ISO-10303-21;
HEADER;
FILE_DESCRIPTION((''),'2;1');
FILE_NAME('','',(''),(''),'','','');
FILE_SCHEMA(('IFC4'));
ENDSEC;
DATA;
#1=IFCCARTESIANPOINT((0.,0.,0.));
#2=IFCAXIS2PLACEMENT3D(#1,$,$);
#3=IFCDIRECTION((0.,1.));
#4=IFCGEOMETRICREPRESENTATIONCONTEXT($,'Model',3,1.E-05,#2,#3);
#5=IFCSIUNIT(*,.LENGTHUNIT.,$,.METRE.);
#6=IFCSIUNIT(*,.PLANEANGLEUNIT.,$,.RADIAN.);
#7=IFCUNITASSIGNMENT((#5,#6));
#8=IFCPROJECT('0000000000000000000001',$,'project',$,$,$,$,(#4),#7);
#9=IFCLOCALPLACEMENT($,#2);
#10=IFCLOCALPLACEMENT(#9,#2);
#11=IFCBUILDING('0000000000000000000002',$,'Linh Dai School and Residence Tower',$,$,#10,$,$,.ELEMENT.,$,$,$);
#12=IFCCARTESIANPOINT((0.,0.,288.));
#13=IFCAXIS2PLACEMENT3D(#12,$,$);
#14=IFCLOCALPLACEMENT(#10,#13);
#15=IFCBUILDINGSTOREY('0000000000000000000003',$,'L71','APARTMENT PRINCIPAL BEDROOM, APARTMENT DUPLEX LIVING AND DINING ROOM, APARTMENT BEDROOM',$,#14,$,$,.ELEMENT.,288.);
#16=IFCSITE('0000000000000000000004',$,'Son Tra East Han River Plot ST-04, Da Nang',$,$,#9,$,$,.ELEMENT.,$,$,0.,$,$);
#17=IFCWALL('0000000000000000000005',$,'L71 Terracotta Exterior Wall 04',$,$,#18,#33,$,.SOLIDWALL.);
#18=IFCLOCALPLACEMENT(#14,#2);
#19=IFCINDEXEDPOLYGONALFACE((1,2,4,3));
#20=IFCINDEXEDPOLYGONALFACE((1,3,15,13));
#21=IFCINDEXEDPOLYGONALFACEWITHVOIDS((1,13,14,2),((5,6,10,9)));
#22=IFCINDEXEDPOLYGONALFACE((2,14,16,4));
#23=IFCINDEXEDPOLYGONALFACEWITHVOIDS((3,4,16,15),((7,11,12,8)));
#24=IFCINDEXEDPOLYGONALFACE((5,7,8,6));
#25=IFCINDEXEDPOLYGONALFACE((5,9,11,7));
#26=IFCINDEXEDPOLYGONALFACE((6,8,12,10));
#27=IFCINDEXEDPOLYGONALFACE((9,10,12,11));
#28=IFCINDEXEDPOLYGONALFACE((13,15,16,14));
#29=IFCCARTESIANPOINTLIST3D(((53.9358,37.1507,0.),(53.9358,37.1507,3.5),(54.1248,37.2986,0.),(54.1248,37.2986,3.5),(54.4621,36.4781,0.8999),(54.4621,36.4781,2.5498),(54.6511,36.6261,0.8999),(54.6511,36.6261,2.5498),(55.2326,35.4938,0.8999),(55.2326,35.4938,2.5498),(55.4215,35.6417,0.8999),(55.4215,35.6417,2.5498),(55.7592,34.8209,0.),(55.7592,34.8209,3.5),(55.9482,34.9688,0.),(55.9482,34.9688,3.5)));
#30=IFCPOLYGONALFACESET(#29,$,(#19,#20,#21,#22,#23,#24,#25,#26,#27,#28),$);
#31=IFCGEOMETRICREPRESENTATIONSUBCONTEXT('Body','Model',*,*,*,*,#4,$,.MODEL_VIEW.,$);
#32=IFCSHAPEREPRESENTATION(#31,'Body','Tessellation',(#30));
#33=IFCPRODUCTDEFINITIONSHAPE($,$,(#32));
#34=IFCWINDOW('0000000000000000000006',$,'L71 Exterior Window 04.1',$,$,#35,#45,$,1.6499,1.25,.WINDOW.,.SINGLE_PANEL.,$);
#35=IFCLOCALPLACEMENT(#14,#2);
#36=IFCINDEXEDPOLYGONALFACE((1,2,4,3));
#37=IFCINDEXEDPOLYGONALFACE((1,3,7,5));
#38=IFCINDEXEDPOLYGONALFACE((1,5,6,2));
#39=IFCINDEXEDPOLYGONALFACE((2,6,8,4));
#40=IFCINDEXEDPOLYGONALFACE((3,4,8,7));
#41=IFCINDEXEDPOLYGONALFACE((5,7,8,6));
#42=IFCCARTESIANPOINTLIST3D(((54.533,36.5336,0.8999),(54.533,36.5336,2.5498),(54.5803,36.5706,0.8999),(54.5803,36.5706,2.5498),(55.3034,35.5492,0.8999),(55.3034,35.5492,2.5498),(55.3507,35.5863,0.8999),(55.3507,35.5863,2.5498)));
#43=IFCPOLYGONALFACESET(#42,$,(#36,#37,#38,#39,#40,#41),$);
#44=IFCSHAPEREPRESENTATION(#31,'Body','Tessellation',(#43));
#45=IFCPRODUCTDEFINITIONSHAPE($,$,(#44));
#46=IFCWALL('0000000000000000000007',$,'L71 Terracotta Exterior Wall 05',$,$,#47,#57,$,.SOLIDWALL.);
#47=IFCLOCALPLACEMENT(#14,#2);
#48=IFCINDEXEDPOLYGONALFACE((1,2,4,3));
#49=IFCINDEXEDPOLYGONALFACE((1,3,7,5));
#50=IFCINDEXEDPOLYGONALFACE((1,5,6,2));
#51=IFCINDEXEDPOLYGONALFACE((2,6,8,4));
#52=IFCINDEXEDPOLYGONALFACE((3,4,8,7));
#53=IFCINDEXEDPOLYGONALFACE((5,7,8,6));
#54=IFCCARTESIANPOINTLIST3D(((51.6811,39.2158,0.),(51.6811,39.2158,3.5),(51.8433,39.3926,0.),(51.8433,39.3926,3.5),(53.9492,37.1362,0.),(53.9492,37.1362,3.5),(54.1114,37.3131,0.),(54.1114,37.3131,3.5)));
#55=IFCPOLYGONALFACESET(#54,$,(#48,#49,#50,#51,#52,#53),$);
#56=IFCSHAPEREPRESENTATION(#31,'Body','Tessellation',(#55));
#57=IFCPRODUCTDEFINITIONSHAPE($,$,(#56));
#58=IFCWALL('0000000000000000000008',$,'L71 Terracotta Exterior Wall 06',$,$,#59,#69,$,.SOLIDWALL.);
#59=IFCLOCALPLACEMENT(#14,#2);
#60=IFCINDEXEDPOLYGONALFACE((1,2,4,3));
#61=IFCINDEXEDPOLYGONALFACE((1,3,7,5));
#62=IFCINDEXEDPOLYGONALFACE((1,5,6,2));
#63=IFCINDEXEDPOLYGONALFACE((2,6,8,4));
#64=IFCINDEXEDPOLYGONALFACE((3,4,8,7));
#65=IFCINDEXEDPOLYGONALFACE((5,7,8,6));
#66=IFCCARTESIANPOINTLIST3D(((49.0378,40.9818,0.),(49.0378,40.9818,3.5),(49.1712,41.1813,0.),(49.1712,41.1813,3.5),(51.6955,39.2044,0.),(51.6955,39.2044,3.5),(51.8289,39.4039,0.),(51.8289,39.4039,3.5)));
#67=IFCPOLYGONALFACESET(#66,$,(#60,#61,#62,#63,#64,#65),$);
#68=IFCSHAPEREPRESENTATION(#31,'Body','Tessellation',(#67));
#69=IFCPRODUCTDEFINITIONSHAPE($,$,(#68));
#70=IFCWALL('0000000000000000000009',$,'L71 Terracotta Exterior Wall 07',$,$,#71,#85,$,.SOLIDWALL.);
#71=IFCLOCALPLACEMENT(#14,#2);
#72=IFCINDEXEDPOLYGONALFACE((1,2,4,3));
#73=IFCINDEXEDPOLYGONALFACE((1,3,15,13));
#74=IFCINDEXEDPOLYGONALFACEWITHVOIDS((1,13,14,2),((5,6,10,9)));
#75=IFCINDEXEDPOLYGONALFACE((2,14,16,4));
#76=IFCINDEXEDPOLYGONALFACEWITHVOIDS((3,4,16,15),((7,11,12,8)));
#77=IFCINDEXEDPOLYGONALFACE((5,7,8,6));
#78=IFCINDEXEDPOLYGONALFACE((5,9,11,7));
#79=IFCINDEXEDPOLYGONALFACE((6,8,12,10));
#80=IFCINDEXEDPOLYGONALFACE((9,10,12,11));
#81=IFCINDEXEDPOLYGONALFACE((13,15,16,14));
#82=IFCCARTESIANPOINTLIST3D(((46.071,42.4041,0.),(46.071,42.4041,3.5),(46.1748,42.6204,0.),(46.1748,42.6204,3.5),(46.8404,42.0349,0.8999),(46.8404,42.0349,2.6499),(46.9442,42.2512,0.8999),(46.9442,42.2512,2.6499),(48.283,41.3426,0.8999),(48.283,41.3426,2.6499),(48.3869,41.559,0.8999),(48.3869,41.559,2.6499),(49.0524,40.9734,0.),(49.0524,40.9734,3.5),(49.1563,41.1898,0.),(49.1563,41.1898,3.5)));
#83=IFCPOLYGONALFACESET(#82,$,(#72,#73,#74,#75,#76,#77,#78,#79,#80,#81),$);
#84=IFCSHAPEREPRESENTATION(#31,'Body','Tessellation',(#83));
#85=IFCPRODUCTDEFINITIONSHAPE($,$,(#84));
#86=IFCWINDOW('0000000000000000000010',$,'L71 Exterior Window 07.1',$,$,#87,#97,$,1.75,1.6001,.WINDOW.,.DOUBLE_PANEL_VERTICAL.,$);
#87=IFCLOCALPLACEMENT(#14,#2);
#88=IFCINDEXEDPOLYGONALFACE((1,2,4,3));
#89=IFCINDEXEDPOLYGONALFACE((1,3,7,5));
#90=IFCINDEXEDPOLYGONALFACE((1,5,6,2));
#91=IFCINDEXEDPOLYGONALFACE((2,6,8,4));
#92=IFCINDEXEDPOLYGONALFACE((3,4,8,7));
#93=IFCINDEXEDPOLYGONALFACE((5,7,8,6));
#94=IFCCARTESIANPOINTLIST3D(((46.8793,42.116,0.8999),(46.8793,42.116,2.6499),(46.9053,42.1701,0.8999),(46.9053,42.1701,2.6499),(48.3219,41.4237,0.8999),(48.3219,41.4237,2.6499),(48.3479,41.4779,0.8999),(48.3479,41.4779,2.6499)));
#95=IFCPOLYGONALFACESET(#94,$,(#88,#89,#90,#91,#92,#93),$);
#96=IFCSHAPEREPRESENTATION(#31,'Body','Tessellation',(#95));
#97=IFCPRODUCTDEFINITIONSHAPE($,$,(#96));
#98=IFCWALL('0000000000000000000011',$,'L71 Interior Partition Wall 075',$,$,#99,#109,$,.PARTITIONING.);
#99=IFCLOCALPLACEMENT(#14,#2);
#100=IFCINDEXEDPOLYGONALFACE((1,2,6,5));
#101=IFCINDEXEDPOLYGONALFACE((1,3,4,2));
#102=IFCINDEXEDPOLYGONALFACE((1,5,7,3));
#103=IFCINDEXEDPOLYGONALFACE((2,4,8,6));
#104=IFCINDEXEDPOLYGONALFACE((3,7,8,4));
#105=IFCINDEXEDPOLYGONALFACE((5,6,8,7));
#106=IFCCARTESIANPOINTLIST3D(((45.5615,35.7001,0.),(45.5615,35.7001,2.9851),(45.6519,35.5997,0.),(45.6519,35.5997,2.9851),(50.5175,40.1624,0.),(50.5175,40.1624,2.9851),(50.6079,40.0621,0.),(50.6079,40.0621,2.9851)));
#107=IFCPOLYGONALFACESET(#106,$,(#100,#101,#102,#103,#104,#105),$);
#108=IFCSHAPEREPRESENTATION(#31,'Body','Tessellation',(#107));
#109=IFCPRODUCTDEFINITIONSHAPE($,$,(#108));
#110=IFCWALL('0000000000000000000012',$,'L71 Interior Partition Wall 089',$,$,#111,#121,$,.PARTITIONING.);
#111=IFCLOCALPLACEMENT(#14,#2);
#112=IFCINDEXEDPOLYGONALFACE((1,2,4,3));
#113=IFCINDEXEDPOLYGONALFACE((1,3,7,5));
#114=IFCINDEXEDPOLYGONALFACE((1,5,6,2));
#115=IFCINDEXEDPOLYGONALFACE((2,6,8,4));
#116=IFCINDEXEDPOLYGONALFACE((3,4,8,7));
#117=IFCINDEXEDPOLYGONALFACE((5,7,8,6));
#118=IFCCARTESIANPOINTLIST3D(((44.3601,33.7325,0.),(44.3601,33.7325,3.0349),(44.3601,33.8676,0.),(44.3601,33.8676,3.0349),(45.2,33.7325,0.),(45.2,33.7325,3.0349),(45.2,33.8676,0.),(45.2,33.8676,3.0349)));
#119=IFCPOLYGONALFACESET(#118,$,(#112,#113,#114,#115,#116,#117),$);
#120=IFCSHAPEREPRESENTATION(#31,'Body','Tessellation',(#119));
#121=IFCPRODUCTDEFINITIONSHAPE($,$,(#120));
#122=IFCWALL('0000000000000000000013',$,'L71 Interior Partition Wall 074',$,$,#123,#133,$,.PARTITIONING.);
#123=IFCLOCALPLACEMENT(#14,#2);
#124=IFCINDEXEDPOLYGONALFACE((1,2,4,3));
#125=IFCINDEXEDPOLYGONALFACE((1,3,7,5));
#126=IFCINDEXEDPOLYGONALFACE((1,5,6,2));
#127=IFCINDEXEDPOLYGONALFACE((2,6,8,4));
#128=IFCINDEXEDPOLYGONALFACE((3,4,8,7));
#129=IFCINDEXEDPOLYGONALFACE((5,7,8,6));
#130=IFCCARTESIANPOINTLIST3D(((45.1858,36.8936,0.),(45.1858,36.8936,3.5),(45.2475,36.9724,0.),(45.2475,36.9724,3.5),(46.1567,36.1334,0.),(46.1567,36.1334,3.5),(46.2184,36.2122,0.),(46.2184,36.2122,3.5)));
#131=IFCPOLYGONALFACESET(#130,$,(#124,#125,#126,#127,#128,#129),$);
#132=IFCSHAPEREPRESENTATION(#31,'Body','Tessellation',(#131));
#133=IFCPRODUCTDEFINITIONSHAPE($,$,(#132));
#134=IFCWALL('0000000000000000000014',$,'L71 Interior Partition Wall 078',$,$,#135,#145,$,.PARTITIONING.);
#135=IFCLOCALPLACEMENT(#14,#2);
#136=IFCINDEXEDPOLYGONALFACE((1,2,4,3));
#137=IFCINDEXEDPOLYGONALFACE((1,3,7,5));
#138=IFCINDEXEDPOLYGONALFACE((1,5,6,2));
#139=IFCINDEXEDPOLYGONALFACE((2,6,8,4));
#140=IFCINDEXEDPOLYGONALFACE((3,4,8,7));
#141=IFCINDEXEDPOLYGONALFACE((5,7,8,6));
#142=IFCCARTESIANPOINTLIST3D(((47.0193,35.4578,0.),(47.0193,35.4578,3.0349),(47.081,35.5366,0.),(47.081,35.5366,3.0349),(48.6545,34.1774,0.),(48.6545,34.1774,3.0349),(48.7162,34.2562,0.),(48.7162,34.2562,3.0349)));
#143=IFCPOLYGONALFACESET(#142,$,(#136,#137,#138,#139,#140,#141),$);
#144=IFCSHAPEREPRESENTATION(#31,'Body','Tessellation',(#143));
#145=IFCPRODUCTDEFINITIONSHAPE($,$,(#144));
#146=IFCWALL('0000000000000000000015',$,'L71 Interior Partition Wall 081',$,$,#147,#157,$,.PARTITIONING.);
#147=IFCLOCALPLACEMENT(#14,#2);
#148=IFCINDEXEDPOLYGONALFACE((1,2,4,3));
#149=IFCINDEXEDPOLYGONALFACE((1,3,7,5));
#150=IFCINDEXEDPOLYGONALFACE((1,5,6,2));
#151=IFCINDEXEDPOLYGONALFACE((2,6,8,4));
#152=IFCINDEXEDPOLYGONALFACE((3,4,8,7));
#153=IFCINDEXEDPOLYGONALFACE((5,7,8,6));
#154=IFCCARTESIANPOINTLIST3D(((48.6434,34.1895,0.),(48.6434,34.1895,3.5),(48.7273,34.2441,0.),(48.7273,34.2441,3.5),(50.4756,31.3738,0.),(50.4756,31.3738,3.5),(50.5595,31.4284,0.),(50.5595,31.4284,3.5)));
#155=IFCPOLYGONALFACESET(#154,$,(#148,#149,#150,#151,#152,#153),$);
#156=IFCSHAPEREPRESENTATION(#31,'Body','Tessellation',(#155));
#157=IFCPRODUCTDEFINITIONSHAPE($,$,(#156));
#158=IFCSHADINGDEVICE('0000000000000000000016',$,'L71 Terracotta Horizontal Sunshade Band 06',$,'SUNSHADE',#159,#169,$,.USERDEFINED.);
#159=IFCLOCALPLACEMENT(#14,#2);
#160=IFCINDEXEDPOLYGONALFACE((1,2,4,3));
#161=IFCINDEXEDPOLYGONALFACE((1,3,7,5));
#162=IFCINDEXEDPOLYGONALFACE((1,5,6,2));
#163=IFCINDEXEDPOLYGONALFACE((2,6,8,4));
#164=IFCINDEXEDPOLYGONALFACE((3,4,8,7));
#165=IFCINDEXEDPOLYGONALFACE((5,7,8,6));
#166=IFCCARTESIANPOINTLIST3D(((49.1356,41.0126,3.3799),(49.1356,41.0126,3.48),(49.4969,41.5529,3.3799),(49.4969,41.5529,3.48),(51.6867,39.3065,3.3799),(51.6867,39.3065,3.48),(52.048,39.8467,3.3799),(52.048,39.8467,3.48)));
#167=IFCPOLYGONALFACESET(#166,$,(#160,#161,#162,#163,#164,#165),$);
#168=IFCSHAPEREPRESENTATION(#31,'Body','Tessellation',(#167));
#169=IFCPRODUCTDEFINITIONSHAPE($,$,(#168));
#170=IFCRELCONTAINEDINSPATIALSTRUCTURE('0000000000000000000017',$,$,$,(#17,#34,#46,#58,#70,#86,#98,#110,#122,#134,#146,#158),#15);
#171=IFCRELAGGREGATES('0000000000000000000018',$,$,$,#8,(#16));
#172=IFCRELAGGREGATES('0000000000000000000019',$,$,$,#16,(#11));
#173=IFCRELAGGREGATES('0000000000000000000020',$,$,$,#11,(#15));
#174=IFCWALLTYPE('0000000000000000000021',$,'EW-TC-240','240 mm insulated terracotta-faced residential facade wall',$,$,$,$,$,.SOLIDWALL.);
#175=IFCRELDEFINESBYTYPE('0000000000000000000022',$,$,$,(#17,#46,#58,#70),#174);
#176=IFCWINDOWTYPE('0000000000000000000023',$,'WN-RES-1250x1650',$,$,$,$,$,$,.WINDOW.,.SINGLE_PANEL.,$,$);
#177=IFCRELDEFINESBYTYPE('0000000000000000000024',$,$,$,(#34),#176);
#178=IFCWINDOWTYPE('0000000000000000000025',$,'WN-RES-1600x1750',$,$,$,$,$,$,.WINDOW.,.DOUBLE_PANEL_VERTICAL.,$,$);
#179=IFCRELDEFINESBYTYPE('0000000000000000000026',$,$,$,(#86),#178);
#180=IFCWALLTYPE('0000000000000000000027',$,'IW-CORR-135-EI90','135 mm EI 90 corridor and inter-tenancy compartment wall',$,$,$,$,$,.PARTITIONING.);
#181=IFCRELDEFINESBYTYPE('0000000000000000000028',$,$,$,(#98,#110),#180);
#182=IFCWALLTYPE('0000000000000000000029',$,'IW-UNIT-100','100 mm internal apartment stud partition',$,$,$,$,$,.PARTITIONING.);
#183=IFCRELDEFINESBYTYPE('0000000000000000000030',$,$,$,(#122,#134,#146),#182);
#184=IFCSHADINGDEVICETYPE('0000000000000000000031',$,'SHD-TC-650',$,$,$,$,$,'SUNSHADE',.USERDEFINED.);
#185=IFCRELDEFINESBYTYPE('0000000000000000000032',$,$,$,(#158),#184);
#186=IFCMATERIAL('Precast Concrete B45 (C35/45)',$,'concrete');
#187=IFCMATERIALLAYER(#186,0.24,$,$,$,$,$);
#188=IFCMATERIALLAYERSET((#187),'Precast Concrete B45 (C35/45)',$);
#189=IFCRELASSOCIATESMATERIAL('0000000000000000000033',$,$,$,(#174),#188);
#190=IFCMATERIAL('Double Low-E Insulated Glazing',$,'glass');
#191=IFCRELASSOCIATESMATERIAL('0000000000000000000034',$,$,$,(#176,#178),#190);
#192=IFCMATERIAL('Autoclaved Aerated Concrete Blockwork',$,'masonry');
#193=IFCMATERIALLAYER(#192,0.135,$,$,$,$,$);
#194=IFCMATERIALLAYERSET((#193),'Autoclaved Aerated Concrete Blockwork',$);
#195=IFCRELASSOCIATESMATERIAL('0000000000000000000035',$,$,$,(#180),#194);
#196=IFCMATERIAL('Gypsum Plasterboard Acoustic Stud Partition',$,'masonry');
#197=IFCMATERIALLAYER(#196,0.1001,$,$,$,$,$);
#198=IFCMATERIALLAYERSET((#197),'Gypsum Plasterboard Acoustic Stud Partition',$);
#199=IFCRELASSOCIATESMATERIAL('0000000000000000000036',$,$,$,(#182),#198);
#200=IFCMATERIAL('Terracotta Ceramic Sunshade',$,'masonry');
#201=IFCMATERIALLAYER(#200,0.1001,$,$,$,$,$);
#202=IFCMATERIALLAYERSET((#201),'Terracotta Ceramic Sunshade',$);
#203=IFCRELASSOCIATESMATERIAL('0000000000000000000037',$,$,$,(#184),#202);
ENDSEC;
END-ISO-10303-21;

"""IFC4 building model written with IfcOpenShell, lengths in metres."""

from ifc_helpers import new_model, si_unit, direction, frame, frame_2d, origin, origin_2d, place, context, subcontext, project, spatial, rectangle, extrude, source, transform, mapped, material, layer, layer_set, type_object, element, fill, save


model = new_model("IFC4")

# Units and contexts
model_context = context("Model", 3, precision=1e-05, world=origin(), true_north=direction((0.0, 1.0)))
body_context = subcontext(model_context, "Body", "Model", "MODEL_VIEW")
ifc_project = project(units=[si_unit("LENGTHUNIT", "METRE"), si_unit("PLANEANGLEUNIT", "RADIAN")], contexts=[model_context])

# Site, building, storey
site_placement = place(None, origin())
site = spatial("IfcSite", under=ifc_project, at=site_placement, Name="Son Tra East Han River Plot ST-04, Da Nang", CompositionType="ELEMENT", RefElevation=0.0)
building_placement = place(site_placement, origin())
building = spatial("IfcBuilding", under=site, at=building_placement, Name="Linh Dai School and Residence Tower", CompositionType="ELEMENT")
storey_placement = place(building_placement, frame((0.0, 0.0, 288.0)))
storey = spatial("IfcBuildingStorey", under=building, at=storey_placement, Name="L71", Description="APARTMENT PRINCIPAL BEDROOM, APARTMENT DUPLEX LIVING AND DINING ROOM, APARTMENT BEDROOM", CompositionType="ELEMENT", Elevation=288.0)

# Shared definitions
ifc_material_1 = material(Name="Precast Concrete B45 (C35/45)", Category="concrete")

# Shared definitions
ifc_layer_1 = layer(ifc_material_1, 0.24)
ifc_layer_set_1 = layer_set([ifc_layer_1], Name="Precast Concrete B45 (C35/45)")
wall_type_1 = type_object("IfcWallType", Name="EW-TC-240", Description="240 mm insulated terracotta-faced residential facade wall", PredefinedType="SOLIDWALL", material=ifc_layer_set_1)

# Wall, opening, window
wall_1_placement = place(storey_placement, frame((54.0303, 37.2246, 0.0), z_axis=(0.0, 0.0, 1.0), x_axis=(0.616337, -0.787482, 0.0)))
wall_1 = element("IfcWall", 1, at=wall_1_placement, inside=storey, type_object=wall_type_1, Name="L71 Terracotta Exterior Wall 04", PredefinedType="SOLIDWALL", context=body_context, shape_type="SweptSolid", body=[
    extrude(rectangle(XDim=2.9585, YDim=0.24, at=frame_2d((1.4792, 0.0))), origin(), (0.0, 0.0, 1.0), 3.5),
])
opening_1_placement = place(wall_1_placement, frame((0.854, 0.0, 0.8999)))
opening_1 = element("IfcOpeningElement", 2, at=opening_1_placement, cuts=wall_1, PredefinedType="OPENING", context=body_context, shape_type="SweptSolid", body=[
    extrude(rectangle(XDim=1.25, YDim=1.6499, at=origin_2d()), frame((0.625, 0.1299, 0.825), z_axis=(0.0, -1.0, 0.0), x_axis=(1.0, 0.0, 0.0)), (0.0, 0.0, 1.0), 0.26),
])
ifc_material_2 = material(Name="Double Low-E Insulated Glazing", Category="glass")
window_type_1 = type_object("IfcWindowType", Name="WN-RES-1250x1650", PartitioningType="SINGLE_PANEL", PredefinedType="WINDOW", material=ifc_material_2)
shared_shape_1 = source(origin(), body_context, "Body", "SweptSolid", [
    extrude(rectangle(XDim=1.25, YDim=1.6499, at=origin_2d()), frame((0.625, 0.03, 0.825), z_axis=(0.0, -1.0, 0.0), x_axis=(1.0, 0.0, 0.0)), (0.0, 0.0, 1.0), 0.0601),
])
window_1_placement = place(opening_1_placement, origin())
window_1 = element("IfcWindow", 3, at=window_1_placement, inside=storey, type_object=window_type_1, Name="L71 Exterior Window 04.1", OverallHeight=1.6499, OverallWidth=1.25, PartitioningType="SINGLE_PANEL", PredefinedType="WINDOW", context=body_context, shape_type="MappedRepresentation", body=[
    mapped(shared_shape_1, transform((0.0, 0.0, 0.0), x_axis=(1.0, 0.0, 0.0), y_axis=(0.0, 1.0, 0.0), z_axis=(0.0, 0.0, 1.0), scale=1.0)),
])
fill(opening_1, window_1)

# Walls
wall_2_placement = place(storey_placement, frame((51.7622, 39.3042, 0.0), z_axis=(0.0, 0.0, 1.0), x_axis=(0.737069, -0.675818, 0.0)))
element("IfcWall", 4, at=wall_2_placement, inside=storey, type_object=wall_type_1, Name="L71 Terracotta Exterior Wall 05", PredefinedType="SOLIDWALL", context=body_context, shape_type="SweptSolid", body=[
    extrude(rectangle(XDim=3.0771, YDim=0.24, at=frame_2d((1.5386, 0.0))), origin(), (0.0, 0.0, 1.0), 3.5),
])
wall_3_placement = place(storey_placement, frame((49.1045, 41.0815, 0.0), z_axis=(0.0, 0.0, 1.0), x_axis=(0.831251, -0.555898, 0.0)))
element("IfcWall", 5, at=wall_3_placement, inside=storey, type_object=wall_type_1, Name="L71 Terracotta Exterior Wall 06", PredefinedType="SOLIDWALL", context=body_context, shape_type="SweptSolid", body=[
    extrude(rectangle(XDim=3.1973, YDim=0.24, at=frame_2d((1.5986, 0.0))), origin(), (0.0, 0.0, 1.0), 3.5),
])

# Wall, opening, window
wall_4_placement = place(storey_placement, frame((46.123, 42.5122, 0.0), z_axis=(0.0, 0.0, 1.0), x_axis=(0.901574, -0.432625, 0.0)))
wall_4 = element("IfcWall", 6, at=wall_4_placement, inside=storey, type_object=wall_type_1, Name="L71 Terracotta Exterior Wall 07", PredefinedType="SOLIDWALL", context=body_context, shape_type="SweptSolid", body=[
    extrude(rectangle(XDim=3.3069, YDim=0.24, at=frame_2d((1.6533, 0.0))), origin(), (0.0, 0.0, 1.0), 3.5),
])
opening_2_placement = place(wall_4_placement, frame((0.8533, 0.0, 0.8999)))
opening_2 = element("IfcOpeningElement", 7, at=opening_2_placement, cuts=wall_4, PredefinedType="OPENING", context=body_context, shape_type="SweptSolid", body=[
    extrude(rectangle(XDim=1.6001, YDim=1.75, at=origin_2d()), frame((0.8, 0.1299, 0.875), z_axis=(0.0, -1.0, 0.0), x_axis=(1.0, 0.0, 0.0)), (0.0, 0.0, 1.0), 0.26),
])
window_type_2 = type_object("IfcWindowType", Name="WN-RES-1600x1750", PartitioningType="DOUBLE_PANEL_VERTICAL", PredefinedType="WINDOW", material=ifc_material_2)
shared_shape_2 = source(origin(), body_context, "Body", "SweptSolid", [
    extrude(rectangle(XDim=1.6001, YDim=1.75, at=origin_2d()), frame((0.8, 0.03, 0.875), z_axis=(0.0, -1.0, 0.0), x_axis=(1.0, 0.0, 0.0)), (0.0, 0.0, 1.0), 0.0601),
])
window_2_placement = place(opening_2_placement, origin())
window_2 = element("IfcWindow", 8, at=window_2_placement, inside=storey, type_object=window_type_2, Name="L71 Exterior Window 07.1", OverallHeight=1.75, OverallWidth=1.6001, PartitioningType="DOUBLE_PANEL_VERTICAL", PredefinedType="WINDOW", context=body_context, shape_type="MappedRepresentation", body=[
    mapped(shared_shape_2, transform((0.0, 0.0, 0.0), x_axis=(1.0, 0.0, 0.0), y_axis=(0.0, 1.0, 0.0), z_axis=(0.0, 0.0, 1.0), scale=1.0)),
])
fill(opening_2, window_2)

# Walls
ifc_material_3 = material(Name="Autoclaved Aerated Concrete Blockwork", Category="masonry")
ifc_layer_2 = layer(ifc_material_3, 0.135)
ifc_layer_set_2 = layer_set([ifc_layer_2], Name="Autoclaved Aerated Concrete Blockwork")
wall_type_2 = type_object("IfcWallType", Name="IW-CORR-135-EI90", Description="135 mm EI 90 corridor and inter-tenancy compartment wall", PredefinedType="PARTITIONING", material=ifc_layer_set_2)
wall_5_placement = place(storey_placement, frame((45.6067, 35.6499, 0.0), z_axis=(0.0, 0.0, 1.0), x_axis=(0.743149, 0.669127, 0.0)))
element("IfcWall", 9, at=wall_5_placement, inside=storey, type_object=wall_type_2, Name="L71 Interior Partition Wall 075", PredefinedType="PARTITIONING", context=body_context, shape_type="SweptSolid", body=[
    extrude(rectangle(XDim=6.6689, YDim=0.135, at=frame_2d((3.3345, 0.0))), origin(), (0.0, 0.0, 1.0), 2.9851),
])
wall_6_placement = place(storey_placement, frame((45.2, 33.8, 0.0), z_axis=(0.0, 0.0, 1.0), x_axis=(-1.0, 0.0, 0.0)))
element("IfcWall", 10, at=wall_6_placement, inside=storey, type_object=wall_type_2, Name="L71 Interior Partition Wall 089", PredefinedType="PARTITIONING", context=body_context, shape_type="SweptSolid", body=[
    extrude(rectangle(XDim=0.8398, YDim=0.135, at=frame_2d((0.4199, 0.0))), origin(), (0.0, 0.0, 1.0), 3.0349),
])
ifc_material_4 = material(Name="Gypsum Plasterboard Acoustic Stud Partition", Category="masonry")
ifc_layer_3 = layer(ifc_material_4, 0.1001)
ifc_layer_set_3 = layer_set([ifc_layer_3], Name="Gypsum Plasterboard Acoustic Stud Partition")
wall_type_3 = type_object("IfcWallType", Name="IW-UNIT-100", Description="100 mm internal apartment stud partition", PredefinedType="PARTITIONING", material=ifc_layer_set_3)
wall_7_placement = place(storey_placement, frame((45.2166, 36.9331, 0.0), z_axis=(0.0, 0.0, 1.0), x_axis=(0.787355, -0.6165, 0.0)))
element("IfcWall", 11, at=wall_7_placement, inside=storey, type_object=wall_type_3, Name="L71 Interior Partition Wall 074", PredefinedType="PARTITIONING", context=body_context, shape_type="SweptSolid", body=[
    extrude(rectangle(XDim=1.2332, YDim=0.1001, at=frame_2d((0.6167, 0.0))), origin(), (0.0, 0.0, 1.0), 3.5),
])
wall_8_placement = place(storey_placement, frame((47.05, 35.4973, 0.0), z_axis=(0.0, 0.0, 1.0), x_axis=(0.787329, -0.616533, 0.0)))
element("IfcWall", 12, at=wall_8_placement, inside=storey, type_object=wall_type_3, Name="L71 Interior Partition Wall 078", PredefinedType="PARTITIONING", context=body_context, shape_type="SweptSolid", body=[
    extrude(rectangle(XDim=2.0769, YDim=0.1001, at=frame_2d((1.0386, 0.0))), origin(), (0.0, 0.0, 1.0), 3.0349),
])
wall_9_placement = place(storey_placement, frame((48.6853, 34.2168, 0.0), z_axis=(0.0, 0.0, 1.0), x_axis=(0.545425, -0.83816, 0.0)))
element("IfcWall", 13, at=wall_9_placement, inside=storey, type_object=wall_type_3, Name="L71 Interior Partition Wall 081", PredefinedType="PARTITIONING", context=body_context, shape_type="SweptSolid", body=[
    extrude(rectangle(XDim=3.3594, YDim=0.1001, at=frame_2d((1.6797, 0.0))), origin(), (0.0, 0.0, 1.0), 3.5),
])

# Shading device
ifc_material_5 = material(Name="Terracotta Ceramic Sunshade", Category="masonry")
ifc_layer_4 = layer(ifc_material_5, 0.1001)
ifc_layer_set_4 = layer_set([ifc_layer_4], Name="Terracotta Ceramic Sunshade")
shading_device_type = type_object("IfcShadingDeviceType", Name="SHD-TC-650", ElementType="SUNSHADE", PredefinedType="USERDEFINED", material=ifc_layer_set_4)
shared_shape_3 = source(origin(), body_context, "Body", "SweptSolid", [
    extrude(rectangle(XDim=3.0691, YDim=0.6499, at=origin_2d()), origin(), (0.0, 0.0, 1.0), 0.1001),
])
shading_device_placement = place(storey_placement, frame((50.5918, 40.4297, 3.3799), z_axis=(0.0, 0.0, 1.0), x_axis=(0.831244, -0.555908, 0.0)))
element("IfcShadingDevice", 14, at=shading_device_placement, inside=storey, type_object=shading_device_type, Name="L71 Terracotta Horizontal Sunshade Band 06", ObjectType="SUNSHADE", PredefinedType="USERDEFINED", context=body_context, shape_type="MappedRepresentation", body=[
    mapped(shared_shape_3, transform((0.0, 0.0, 0.0), x_axis=(1.0, 0.0, 0.0), y_axis=(0.0, 1.0, 0.0), z_axis=(0.0, 0.0, 1.0), scale=1.0)),
])

save(model, "model.ifc")
